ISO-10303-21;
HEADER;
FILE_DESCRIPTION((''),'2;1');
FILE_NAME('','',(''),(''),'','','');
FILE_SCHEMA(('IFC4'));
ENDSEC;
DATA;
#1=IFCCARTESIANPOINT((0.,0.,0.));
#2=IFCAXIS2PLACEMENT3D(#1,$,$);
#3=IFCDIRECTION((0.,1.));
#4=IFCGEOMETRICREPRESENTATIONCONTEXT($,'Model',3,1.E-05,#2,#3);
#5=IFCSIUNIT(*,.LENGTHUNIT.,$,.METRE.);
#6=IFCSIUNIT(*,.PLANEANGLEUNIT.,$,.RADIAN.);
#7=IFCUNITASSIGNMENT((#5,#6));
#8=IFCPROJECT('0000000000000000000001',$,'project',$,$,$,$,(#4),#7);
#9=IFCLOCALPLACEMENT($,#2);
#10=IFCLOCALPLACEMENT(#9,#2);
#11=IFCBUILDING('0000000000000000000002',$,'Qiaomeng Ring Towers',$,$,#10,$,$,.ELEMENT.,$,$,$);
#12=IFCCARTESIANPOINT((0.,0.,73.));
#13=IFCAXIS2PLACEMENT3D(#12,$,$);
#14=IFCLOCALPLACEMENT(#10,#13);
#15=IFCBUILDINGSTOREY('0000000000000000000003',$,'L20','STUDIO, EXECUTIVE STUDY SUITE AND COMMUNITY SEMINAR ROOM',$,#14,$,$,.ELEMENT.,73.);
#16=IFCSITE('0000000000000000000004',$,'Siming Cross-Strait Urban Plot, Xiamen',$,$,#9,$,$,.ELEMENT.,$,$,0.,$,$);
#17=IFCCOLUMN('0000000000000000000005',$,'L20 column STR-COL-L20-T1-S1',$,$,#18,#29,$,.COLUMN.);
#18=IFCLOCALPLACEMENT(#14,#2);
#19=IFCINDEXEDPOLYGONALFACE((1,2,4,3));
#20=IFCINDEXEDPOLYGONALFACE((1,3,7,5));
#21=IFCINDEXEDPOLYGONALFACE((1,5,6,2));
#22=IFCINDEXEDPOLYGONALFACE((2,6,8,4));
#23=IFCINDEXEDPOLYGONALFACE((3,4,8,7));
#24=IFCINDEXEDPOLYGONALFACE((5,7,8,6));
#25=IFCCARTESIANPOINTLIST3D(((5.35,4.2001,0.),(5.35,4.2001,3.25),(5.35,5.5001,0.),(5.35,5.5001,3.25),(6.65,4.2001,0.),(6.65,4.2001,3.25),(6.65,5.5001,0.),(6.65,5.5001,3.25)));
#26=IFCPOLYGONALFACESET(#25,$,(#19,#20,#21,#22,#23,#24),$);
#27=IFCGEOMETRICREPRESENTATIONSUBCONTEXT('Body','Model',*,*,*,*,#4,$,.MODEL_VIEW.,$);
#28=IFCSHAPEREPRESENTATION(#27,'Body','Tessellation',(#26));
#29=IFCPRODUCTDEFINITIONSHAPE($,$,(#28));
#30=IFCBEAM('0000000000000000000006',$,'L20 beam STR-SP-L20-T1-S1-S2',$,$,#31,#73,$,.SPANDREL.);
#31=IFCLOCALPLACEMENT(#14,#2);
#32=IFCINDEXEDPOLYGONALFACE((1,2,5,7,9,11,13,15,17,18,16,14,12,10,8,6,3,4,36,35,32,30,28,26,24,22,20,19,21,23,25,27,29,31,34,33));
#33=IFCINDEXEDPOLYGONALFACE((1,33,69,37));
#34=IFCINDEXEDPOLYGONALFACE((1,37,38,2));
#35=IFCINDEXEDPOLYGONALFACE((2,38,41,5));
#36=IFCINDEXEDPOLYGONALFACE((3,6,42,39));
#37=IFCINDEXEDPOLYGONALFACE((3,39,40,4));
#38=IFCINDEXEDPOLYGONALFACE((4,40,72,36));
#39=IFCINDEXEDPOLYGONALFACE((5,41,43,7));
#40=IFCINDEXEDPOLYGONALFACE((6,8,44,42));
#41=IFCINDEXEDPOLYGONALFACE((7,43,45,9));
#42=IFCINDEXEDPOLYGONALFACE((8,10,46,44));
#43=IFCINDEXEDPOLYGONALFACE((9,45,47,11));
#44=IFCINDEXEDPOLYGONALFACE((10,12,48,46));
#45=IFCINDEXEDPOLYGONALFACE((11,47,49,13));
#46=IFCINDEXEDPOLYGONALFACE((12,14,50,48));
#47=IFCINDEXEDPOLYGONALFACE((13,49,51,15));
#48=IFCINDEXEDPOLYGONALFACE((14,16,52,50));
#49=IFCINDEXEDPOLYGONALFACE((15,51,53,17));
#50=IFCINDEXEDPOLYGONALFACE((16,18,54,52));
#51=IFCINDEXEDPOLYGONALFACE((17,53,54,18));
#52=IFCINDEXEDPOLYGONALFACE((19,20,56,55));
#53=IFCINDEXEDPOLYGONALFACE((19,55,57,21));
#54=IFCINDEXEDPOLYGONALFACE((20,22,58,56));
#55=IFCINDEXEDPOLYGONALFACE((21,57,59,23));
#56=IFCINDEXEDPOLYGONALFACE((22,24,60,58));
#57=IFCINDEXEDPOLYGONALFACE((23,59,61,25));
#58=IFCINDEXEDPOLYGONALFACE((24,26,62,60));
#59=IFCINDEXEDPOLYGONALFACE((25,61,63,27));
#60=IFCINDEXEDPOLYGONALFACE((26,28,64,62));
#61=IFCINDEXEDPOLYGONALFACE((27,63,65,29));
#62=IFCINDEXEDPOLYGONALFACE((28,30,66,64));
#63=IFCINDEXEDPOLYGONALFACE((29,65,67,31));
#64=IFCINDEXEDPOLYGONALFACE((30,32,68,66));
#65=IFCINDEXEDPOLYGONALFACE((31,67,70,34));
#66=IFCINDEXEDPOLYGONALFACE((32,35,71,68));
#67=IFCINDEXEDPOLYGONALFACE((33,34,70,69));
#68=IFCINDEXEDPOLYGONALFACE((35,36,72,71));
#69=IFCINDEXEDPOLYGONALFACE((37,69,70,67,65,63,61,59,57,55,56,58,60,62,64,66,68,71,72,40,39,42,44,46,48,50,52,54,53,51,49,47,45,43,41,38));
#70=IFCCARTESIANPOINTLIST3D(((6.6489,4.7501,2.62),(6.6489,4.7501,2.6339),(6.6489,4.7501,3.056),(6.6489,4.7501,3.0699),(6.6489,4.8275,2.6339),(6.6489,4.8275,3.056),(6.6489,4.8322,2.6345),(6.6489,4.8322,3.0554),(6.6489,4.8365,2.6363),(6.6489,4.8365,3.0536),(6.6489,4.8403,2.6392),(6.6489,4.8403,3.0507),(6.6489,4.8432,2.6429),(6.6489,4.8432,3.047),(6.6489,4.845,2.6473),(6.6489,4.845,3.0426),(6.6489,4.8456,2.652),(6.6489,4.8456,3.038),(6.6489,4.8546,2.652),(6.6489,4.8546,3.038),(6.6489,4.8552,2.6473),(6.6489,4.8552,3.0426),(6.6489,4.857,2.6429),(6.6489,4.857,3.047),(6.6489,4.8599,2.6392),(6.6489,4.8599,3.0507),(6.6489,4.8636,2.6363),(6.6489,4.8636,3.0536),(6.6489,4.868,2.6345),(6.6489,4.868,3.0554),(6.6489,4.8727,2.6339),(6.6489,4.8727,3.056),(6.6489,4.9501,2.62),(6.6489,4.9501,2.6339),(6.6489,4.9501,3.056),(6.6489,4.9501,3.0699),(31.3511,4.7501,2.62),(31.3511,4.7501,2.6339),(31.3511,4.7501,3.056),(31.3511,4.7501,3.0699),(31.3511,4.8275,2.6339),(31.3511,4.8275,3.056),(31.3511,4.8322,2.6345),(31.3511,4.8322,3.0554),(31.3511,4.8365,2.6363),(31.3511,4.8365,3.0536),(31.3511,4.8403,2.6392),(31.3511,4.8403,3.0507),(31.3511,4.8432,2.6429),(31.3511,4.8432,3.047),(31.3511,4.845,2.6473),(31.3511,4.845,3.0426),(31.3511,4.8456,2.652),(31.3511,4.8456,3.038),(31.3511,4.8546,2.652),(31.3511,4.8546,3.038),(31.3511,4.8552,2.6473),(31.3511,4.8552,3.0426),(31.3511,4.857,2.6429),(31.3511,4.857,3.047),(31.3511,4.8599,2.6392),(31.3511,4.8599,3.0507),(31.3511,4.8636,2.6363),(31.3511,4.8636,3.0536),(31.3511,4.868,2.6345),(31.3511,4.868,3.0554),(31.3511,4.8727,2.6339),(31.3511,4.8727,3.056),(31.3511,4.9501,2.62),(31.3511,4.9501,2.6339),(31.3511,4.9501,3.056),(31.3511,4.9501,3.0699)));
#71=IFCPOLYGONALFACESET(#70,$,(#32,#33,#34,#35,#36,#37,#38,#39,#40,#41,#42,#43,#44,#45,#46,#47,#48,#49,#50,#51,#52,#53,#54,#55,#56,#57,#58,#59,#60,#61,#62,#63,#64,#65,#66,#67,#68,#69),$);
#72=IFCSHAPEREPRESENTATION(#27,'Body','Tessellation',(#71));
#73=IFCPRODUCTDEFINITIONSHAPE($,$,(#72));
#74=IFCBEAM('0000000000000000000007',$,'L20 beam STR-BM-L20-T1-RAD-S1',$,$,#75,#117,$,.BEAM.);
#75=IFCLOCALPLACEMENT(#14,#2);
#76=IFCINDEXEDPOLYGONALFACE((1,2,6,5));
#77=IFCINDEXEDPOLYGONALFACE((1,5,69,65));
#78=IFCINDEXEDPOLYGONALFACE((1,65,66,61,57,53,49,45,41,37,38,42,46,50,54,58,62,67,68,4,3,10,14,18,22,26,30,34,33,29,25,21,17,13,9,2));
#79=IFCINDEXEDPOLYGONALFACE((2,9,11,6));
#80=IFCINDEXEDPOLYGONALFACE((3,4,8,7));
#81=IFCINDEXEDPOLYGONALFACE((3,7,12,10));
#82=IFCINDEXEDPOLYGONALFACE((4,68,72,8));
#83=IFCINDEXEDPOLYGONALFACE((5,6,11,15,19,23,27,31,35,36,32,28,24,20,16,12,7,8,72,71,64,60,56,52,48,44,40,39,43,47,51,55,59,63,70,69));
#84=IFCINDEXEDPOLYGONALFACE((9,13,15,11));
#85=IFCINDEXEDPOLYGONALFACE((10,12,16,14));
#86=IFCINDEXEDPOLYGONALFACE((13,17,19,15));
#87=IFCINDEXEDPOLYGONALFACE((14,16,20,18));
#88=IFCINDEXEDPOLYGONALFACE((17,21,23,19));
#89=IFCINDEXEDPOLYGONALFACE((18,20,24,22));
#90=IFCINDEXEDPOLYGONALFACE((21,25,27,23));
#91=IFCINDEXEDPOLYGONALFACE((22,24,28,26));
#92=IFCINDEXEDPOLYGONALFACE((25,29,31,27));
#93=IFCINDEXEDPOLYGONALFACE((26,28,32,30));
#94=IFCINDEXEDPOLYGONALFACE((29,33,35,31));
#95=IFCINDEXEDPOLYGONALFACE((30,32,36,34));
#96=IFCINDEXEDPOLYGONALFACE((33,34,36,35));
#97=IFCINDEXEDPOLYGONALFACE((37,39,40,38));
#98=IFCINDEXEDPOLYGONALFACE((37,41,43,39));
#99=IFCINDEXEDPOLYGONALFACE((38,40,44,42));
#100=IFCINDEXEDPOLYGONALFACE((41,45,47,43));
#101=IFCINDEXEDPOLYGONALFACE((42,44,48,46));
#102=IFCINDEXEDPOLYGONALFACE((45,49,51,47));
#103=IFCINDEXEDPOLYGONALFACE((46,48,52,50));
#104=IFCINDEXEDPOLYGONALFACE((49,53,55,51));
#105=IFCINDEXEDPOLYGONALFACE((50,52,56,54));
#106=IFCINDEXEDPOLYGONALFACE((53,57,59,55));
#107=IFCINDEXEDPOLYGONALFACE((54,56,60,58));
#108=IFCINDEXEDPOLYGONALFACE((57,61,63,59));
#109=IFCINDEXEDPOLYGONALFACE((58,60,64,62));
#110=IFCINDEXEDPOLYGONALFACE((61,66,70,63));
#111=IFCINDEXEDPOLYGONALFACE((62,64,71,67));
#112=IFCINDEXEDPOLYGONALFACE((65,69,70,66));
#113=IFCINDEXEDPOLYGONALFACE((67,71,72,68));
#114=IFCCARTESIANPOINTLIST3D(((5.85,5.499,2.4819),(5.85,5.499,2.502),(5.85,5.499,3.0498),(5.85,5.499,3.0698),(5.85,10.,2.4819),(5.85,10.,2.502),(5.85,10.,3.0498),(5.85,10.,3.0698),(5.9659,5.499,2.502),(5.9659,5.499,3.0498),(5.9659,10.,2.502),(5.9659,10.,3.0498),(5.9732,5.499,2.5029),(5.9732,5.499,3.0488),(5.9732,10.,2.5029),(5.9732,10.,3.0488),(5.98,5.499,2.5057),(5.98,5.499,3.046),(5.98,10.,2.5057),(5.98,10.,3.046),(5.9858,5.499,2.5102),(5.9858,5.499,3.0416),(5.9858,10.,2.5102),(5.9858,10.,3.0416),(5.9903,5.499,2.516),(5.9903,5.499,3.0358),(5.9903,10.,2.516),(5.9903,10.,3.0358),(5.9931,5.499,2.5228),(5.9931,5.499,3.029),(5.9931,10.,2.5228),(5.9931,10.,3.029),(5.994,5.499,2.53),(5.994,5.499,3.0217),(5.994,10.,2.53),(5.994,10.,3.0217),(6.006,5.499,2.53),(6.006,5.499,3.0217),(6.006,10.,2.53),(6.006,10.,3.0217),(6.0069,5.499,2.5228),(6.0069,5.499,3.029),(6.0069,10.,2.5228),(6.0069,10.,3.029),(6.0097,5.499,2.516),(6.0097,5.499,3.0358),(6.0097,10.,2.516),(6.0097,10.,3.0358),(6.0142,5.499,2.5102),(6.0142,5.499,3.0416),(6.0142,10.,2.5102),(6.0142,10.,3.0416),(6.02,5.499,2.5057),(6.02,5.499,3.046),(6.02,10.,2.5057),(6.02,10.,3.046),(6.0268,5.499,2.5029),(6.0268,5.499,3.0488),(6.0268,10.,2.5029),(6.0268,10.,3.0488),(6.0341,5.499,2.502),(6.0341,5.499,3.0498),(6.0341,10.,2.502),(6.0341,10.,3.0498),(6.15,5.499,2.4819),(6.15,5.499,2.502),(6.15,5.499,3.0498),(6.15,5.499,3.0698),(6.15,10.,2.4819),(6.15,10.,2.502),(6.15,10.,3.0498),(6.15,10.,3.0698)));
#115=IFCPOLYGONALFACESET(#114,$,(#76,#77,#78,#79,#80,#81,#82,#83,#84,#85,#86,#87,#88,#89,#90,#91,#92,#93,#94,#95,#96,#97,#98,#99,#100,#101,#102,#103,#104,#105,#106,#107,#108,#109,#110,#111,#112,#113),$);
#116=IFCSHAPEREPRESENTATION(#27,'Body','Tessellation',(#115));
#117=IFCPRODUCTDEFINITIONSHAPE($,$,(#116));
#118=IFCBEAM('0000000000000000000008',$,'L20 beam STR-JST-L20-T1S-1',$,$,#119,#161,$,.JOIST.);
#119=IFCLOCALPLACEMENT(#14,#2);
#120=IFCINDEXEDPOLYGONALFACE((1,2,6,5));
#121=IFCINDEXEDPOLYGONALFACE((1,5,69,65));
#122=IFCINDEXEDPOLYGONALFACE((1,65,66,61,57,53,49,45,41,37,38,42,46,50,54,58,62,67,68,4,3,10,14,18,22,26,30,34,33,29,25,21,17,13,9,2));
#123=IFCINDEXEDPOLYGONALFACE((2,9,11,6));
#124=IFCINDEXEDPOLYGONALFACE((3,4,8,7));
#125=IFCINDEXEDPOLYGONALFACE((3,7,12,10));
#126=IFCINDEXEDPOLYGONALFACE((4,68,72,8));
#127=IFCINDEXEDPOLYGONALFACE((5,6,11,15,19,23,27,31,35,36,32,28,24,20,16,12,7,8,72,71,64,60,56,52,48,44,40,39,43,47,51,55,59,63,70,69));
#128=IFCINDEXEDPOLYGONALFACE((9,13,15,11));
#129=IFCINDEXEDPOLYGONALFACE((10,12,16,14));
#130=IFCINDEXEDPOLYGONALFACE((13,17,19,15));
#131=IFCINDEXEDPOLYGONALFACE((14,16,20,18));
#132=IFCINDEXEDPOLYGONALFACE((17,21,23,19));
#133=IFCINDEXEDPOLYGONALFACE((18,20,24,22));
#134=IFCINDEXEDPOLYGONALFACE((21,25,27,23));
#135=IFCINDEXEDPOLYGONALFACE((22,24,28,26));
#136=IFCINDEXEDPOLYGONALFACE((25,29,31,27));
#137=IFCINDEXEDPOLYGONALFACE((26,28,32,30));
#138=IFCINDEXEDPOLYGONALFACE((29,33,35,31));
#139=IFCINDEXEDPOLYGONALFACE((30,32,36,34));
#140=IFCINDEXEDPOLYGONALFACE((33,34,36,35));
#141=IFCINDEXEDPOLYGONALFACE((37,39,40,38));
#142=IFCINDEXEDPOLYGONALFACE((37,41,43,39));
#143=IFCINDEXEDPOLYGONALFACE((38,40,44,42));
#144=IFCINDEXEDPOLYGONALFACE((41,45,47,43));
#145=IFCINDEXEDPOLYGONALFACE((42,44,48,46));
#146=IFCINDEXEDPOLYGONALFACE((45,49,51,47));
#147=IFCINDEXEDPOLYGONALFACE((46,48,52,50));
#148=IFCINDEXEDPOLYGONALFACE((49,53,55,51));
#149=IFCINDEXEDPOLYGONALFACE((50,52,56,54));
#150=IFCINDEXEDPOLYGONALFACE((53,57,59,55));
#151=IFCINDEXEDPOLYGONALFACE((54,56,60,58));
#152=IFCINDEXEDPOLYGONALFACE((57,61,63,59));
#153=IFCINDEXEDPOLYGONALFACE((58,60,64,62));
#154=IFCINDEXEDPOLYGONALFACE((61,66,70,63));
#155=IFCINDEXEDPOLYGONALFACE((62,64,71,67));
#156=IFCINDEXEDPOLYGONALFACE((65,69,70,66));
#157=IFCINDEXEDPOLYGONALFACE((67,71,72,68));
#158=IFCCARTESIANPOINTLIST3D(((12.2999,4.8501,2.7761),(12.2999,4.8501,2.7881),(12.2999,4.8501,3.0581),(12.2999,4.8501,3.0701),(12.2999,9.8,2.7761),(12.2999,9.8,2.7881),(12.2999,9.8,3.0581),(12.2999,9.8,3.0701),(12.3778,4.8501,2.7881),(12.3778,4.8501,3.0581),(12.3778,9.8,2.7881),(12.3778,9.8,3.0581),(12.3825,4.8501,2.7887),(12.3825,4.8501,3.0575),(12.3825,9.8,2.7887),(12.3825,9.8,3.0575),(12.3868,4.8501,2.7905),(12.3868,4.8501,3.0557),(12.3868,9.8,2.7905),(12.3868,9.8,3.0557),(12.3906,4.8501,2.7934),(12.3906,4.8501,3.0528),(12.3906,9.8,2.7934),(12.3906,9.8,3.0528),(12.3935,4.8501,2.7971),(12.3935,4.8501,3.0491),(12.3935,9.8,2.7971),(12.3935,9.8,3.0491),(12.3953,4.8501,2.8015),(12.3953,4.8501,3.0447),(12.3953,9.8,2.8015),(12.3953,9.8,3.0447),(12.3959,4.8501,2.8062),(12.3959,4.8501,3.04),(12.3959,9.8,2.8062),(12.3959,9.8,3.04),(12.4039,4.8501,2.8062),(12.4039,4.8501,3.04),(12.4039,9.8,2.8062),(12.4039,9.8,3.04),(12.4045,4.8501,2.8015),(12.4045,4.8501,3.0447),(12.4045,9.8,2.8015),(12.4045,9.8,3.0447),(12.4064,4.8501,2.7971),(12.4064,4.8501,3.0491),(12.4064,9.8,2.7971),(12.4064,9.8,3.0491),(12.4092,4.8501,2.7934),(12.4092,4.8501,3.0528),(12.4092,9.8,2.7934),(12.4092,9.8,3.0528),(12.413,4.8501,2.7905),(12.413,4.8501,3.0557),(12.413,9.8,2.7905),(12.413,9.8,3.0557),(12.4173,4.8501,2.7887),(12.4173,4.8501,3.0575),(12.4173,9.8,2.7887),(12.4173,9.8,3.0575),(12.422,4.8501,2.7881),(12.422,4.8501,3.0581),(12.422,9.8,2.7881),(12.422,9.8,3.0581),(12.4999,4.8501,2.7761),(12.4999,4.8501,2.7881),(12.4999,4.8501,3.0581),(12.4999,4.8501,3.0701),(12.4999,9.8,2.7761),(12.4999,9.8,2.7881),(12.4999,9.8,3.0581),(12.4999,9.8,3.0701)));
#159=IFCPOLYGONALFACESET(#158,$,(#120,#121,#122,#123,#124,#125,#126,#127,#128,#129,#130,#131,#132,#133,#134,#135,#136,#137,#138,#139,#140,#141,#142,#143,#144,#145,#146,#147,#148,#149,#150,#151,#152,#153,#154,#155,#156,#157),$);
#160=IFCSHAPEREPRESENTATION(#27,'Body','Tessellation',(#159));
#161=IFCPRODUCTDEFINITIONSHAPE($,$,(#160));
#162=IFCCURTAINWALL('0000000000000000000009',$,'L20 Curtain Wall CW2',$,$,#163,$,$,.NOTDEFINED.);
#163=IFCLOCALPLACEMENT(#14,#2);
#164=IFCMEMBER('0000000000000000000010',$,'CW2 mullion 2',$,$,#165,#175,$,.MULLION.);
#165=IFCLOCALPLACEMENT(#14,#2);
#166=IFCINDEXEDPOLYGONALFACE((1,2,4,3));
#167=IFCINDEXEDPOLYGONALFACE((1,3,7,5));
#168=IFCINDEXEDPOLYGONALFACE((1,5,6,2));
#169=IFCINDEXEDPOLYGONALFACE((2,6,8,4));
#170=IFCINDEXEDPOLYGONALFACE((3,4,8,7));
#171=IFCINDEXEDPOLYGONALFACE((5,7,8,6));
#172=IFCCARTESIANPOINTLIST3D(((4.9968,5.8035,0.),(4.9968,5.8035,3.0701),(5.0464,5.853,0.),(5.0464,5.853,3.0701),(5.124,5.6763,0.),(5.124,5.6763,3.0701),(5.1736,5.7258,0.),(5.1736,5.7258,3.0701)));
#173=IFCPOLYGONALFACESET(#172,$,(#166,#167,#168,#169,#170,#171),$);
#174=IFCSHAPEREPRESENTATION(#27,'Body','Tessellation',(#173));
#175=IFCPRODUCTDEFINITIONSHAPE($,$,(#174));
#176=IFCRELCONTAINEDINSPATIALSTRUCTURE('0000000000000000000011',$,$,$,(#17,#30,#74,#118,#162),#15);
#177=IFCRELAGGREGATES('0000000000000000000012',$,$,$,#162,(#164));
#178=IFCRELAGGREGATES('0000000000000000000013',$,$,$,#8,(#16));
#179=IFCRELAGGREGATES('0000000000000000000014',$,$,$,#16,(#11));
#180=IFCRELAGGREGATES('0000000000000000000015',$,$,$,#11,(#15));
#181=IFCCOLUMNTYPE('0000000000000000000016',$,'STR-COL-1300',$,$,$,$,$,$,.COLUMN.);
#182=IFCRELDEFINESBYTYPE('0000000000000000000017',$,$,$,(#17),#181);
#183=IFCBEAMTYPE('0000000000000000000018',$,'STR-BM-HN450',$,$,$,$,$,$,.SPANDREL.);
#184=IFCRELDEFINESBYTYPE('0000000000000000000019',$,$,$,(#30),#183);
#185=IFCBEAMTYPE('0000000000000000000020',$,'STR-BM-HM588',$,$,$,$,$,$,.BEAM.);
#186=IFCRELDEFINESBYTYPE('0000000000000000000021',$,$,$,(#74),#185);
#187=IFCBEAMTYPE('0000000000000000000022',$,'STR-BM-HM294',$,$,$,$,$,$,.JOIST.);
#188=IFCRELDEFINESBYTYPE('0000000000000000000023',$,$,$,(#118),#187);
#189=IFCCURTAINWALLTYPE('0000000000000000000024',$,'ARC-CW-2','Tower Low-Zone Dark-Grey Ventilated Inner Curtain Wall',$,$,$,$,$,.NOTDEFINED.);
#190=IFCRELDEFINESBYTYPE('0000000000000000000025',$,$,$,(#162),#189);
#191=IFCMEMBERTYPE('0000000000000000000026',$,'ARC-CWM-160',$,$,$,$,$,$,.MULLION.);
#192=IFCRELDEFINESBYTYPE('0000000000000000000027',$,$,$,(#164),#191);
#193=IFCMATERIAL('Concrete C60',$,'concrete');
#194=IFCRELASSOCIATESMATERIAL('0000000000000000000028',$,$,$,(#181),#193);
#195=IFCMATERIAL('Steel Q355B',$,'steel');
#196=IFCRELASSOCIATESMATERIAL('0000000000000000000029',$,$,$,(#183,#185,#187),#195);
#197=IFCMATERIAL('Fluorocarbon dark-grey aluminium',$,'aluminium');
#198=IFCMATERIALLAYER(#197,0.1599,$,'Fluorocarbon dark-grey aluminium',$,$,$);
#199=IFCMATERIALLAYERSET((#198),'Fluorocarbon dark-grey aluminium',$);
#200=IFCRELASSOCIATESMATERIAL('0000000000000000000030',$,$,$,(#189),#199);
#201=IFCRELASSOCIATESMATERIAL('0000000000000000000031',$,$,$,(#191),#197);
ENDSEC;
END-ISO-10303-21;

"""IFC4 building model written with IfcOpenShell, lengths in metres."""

from ifc_helpers import new_model, si_unit, direction, frame, origin, origin_2d, place, context, subcontext, project, spatial, rectangle, i_section, extrude, source, transform, mapped, material, layer, layer_set, material_profile, profile_set, type_object, element, aggregate, save


model = new_model("IFC4")

# Units and contexts
model_context = context("Model", 3, precision=1e-05, world=origin(), true_north=direction((0.0, 1.0)))
body_context = subcontext(model_context, "Body", "Model", "MODEL_VIEW")
ifc_project = project(units=[si_unit("LENGTHUNIT", "METRE"), si_unit("PLANEANGLEUNIT", "RADIAN")], contexts=[model_context])

# Site, building, storey
site_placement = place(None, origin())
site = spatial("IfcSite", under=ifc_project, at=site_placement, Name="Siming Cross-Strait Urban Plot, Xiamen", CompositionType="ELEMENT", RefElevation=0.0)
building_placement = place(site_placement, origin())
building = spatial("IfcBuilding", under=site, at=building_placement, Name="Qiaomeng Ring Towers", CompositionType="ELEMENT")
storey_placement = place(building_placement, frame((0.0, 0.0, 73.0)))
storey = spatial("IfcBuildingStorey", under=building, at=storey_placement, Name="L20", Description="STUDIO, EXECUTIVE STUDY SUITE AND COMMUNITY SEMINAR ROOM", CompositionType="ELEMENT", Elevation=73.0)

# Column
ifc_material_1 = material(Name="Concrete C60", Category="concrete")
ifc_material_profile_1 = material_profile(ifc_material_1, rectangle(XDim=1.3, YDim=1.3, at=origin_2d()), Name="RC COL 1300x1300")
ifc_profile_set_1 = profile_set([ifc_material_profile_1], Name="Concrete C60")
column_type = type_object("IfcColumnType", Name="STR-COL-1300", PredefinedType="COLUMN", material=ifc_profile_set_1)
shared_shape_1 = source(origin(), body_context, "Body", "SweptSolid", [
    extrude(rectangle(XDim=1.3, YDim=1.3, at=origin_2d()), origin(), (0.0, 0.0, 1.0), 3.25),
])
column_placement = place(storey_placement, frame((6.0, 4.8501, 0.0), z_axis=(0.0, 0.0, 1.0), x_axis=(1.0, 0.0, 0.0)))
element("IfcColumn", 1, at=column_placement, inside=storey, type_object=column_type, Name="L20 column STR-COL-L20-T1-S1", PredefinedType="COLUMN", context=body_context, shape_type="MappedRepresentation", body=[
    mapped(shared_shape_1, transform((0.0, 0.0, 0.0), x_axis=(1.0, 0.0, 0.0), y_axis=(0.0, 1.0, 0.0), z_axis=(0.0, 0.0, 1.0), scale=1.0)),
])

# Beams
ifc_material_2 = material(Name="Steel Q355B", Category="steel")
ifc_material_profile_2 = material_profile(ifc_material_2, i_section(OverallWidth=0.2, OverallDepth=0.45, WebThickness=0.009, FlangeThickness=0.0139, FilletRadius=0.0181, at=origin_2d()), Name="HN 450x200x9x14")
ifc_profile_set_2 = profile_set([ifc_material_profile_2], Name="Steel Q355B")
beam_type_1 = type_object("IfcBeamType", Name="STR-BM-HN450", PredefinedType="SPANDREL", material=ifc_profile_set_2)
shared_shape_2 = source(origin(), body_context, "Body", "SweptSolid", [
    extrude(i_section(OverallWidth=0.2, OverallDepth=0.45, WebThickness=0.009, FlangeThickness=0.0139, FilletRadius=0.0181, at=origin_2d()), origin(), (0.0, 0.0, 1.0), 24.7021),
])
beam_1_placement = place(storey_placement, frame((6.6489, 4.8501, 2.845), z_axis=(1.0, 0.0, 0.0), x_axis=(0.0, 1.0, 0.0)))
element("IfcBeam", 2, at=beam_1_placement, inside=storey, type_object=beam_type_1, Name="L20 beam STR-SP-L20-T1-S1-S2", PredefinedType="SPANDREL", context=body_context, shape_type="MappedRepresentation", body=[
    mapped(shared_shape_2, transform((0.0, 0.0, 0.0), x_axis=(1.0, 0.0, 0.0), y_axis=(0.0, 1.0, 0.0), z_axis=(0.0, 0.0, 1.0), scale=1.0)),
])
ifc_material_profile_3 = material_profile(ifc_material_2, i_section(OverallWidth=0.3, OverallDepth=0.5879, WebThickness=0.012, FlangeThickness=0.02, FilletRadius=0.0281, at=origin_2d()), Name="HM 588x300x12x20")
ifc_profile_set_3 = profile_set([ifc_material_profile_3], Name="Steel Q355B")
beam_type_2 = type_object("IfcBeamType", Name="STR-BM-HM588", PredefinedType="BEAM", material=ifc_profile_set_3)
shared_shape_3 = source(origin(), body_context, "Body", "SweptSolid", [
    extrude(i_section(OverallWidth=0.3, OverallDepth=0.5879, WebThickness=0.012, FlangeThickness=0.02, FilletRadius=0.0281, at=origin_2d()), origin(), (0.0, 0.0, 1.0), 4.501),
])
beam_2_placement = place(storey_placement, frame((6.0, 5.499, 2.7759), z_axis=(0.0, 1.0, 0.0), x_axis=(-1.0, 0.0, 0.0)))
element("IfcBeam", 3, at=beam_2_placement, inside=storey, type_object=beam_type_2, Name="L20 beam STR-BM-L20-T1-RAD-S1", PredefinedType="BEAM", context=body_context, shape_type="MappedRepresentation", body=[
    mapped(shared_shape_3, transform((0.0, 0.0, 0.0), x_axis=(1.0, 0.0, 0.0), y_axis=(0.0, 1.0, 0.0), z_axis=(0.0, 0.0, 1.0), scale=1.0)),
])
ifc_material_profile_4 = material_profile(ifc_material_2, i_section(OverallWidth=0.2, OverallDepth=0.2939, WebThickness=0.0081, FlangeThickness=0.012, FilletRadius=0.0181, at=origin_2d()), Name="HM 294x200x8x12")
ifc_profile_set_4 = profile_set([ifc_material_profile_4], Name="Steel Q355B")
beam_type_3 = type_object("IfcBeamType", Name="STR-BM-HM294", PredefinedType="JOIST", material=ifc_profile_set_4)
shared_shape_4 = source(origin(), body_context, "Body", "SweptSolid", [
    extrude(i_section(OverallWidth=0.2, OverallDepth=0.2939, WebThickness=0.0081, FlangeThickness=0.012, FilletRadius=0.0181, at=origin_2d()), origin(), (0.0, 0.0, 1.0), 4.95),
])
beam_3_placement = place(storey_placement, frame((12.3999, 4.8501, 2.9231), z_axis=(0.0, 1.0, 0.0), x_axis=(-1.0, 0.0, 0.0)))
element("IfcBeam", 4, at=beam_3_placement, inside=storey, type_object=beam_type_3, Name="L20 beam STR-JST-L20-T1S-1", PredefinedType="JOIST", context=body_context, shape_type="MappedRepresentation", body=[
    mapped(shared_shape_4, transform((0.0, 0.0, 0.0), x_axis=(1.0, 0.0, 0.0), y_axis=(0.0, 1.0, 0.0), z_axis=(0.0, 0.0, 1.0), scale=1.0)),
])

# Curtain wall, member
ifc_material_3 = material(Name="Fluorocarbon dark-grey aluminium", Category="aluminium")
ifc_layer_1 = layer(ifc_material_3, 0.1599, Name="Fluorocarbon dark-grey aluminium")
ifc_layer_set_1 = layer_set([ifc_layer_1], Name="Fluorocarbon dark-grey aluminium")
curtain_wall_type = type_object("IfcCurtainWallType", Name="ARC-CW-2", Description="Tower Low-Zone Dark-Grey Ventilated Inner Curtain Wall", PredefinedType="NOTDEFINED", material=ifc_layer_set_1)
curtain_wall_placement = place(storey_placement, origin())
curtain_wall = element("IfcCurtainWall", 5, at=curtain_wall_placement, inside=storey, type_object=curtain_wall_type, Name="L20 Curtain Wall CW2", PredefinedType="NOTDEFINED")
ifc_material_profile_5 = material_profile(ifc_material_3, rectangle(XDim=0.0701, YDim=0.1799, at=origin_2d()), Name="ALU MULL 70x180")
ifc_profile_set_5 = profile_set([ifc_material_profile_5], Name="Fluorocarbon dark-grey aluminium")
member_type = type_object("IfcMemberType", Name="ARC-CWM-160", PredefinedType="MULLION", material=ifc_profile_set_5)
shared_shape_5 = source(origin(), body_context, "Body", "SweptSolid", [
    extrude(rectangle(XDim=0.0701, YDim=0.1799, at=origin_2d()), origin(), (0.0, 0.0, 1.0), 3.0701),
])
member_placement = place(storey_placement, frame((5.0852, 5.7646, 0.0), z_axis=(0.0, 0.0, 1.0), x_axis=(0.707107, 0.707107, 0.0)))
member = element("IfcMember", 6, at=member_placement, type_object=member_type, Name="CW2 mullion 2", PredefinedType="MULLION", context=body_context, shape_type="MappedRepresentation", body=[
    mapped(shared_shape_5, transform((0.0, 0.0, 0.0), x_axis=(1.0, 0.0, 0.0), y_axis=(0.0, 1.0, 0.0), z_axis=(0.0, 0.0, 1.0), scale=1.0)),
])

aggregate(curtain_wall, [member])

save(model, "model.ifc")
